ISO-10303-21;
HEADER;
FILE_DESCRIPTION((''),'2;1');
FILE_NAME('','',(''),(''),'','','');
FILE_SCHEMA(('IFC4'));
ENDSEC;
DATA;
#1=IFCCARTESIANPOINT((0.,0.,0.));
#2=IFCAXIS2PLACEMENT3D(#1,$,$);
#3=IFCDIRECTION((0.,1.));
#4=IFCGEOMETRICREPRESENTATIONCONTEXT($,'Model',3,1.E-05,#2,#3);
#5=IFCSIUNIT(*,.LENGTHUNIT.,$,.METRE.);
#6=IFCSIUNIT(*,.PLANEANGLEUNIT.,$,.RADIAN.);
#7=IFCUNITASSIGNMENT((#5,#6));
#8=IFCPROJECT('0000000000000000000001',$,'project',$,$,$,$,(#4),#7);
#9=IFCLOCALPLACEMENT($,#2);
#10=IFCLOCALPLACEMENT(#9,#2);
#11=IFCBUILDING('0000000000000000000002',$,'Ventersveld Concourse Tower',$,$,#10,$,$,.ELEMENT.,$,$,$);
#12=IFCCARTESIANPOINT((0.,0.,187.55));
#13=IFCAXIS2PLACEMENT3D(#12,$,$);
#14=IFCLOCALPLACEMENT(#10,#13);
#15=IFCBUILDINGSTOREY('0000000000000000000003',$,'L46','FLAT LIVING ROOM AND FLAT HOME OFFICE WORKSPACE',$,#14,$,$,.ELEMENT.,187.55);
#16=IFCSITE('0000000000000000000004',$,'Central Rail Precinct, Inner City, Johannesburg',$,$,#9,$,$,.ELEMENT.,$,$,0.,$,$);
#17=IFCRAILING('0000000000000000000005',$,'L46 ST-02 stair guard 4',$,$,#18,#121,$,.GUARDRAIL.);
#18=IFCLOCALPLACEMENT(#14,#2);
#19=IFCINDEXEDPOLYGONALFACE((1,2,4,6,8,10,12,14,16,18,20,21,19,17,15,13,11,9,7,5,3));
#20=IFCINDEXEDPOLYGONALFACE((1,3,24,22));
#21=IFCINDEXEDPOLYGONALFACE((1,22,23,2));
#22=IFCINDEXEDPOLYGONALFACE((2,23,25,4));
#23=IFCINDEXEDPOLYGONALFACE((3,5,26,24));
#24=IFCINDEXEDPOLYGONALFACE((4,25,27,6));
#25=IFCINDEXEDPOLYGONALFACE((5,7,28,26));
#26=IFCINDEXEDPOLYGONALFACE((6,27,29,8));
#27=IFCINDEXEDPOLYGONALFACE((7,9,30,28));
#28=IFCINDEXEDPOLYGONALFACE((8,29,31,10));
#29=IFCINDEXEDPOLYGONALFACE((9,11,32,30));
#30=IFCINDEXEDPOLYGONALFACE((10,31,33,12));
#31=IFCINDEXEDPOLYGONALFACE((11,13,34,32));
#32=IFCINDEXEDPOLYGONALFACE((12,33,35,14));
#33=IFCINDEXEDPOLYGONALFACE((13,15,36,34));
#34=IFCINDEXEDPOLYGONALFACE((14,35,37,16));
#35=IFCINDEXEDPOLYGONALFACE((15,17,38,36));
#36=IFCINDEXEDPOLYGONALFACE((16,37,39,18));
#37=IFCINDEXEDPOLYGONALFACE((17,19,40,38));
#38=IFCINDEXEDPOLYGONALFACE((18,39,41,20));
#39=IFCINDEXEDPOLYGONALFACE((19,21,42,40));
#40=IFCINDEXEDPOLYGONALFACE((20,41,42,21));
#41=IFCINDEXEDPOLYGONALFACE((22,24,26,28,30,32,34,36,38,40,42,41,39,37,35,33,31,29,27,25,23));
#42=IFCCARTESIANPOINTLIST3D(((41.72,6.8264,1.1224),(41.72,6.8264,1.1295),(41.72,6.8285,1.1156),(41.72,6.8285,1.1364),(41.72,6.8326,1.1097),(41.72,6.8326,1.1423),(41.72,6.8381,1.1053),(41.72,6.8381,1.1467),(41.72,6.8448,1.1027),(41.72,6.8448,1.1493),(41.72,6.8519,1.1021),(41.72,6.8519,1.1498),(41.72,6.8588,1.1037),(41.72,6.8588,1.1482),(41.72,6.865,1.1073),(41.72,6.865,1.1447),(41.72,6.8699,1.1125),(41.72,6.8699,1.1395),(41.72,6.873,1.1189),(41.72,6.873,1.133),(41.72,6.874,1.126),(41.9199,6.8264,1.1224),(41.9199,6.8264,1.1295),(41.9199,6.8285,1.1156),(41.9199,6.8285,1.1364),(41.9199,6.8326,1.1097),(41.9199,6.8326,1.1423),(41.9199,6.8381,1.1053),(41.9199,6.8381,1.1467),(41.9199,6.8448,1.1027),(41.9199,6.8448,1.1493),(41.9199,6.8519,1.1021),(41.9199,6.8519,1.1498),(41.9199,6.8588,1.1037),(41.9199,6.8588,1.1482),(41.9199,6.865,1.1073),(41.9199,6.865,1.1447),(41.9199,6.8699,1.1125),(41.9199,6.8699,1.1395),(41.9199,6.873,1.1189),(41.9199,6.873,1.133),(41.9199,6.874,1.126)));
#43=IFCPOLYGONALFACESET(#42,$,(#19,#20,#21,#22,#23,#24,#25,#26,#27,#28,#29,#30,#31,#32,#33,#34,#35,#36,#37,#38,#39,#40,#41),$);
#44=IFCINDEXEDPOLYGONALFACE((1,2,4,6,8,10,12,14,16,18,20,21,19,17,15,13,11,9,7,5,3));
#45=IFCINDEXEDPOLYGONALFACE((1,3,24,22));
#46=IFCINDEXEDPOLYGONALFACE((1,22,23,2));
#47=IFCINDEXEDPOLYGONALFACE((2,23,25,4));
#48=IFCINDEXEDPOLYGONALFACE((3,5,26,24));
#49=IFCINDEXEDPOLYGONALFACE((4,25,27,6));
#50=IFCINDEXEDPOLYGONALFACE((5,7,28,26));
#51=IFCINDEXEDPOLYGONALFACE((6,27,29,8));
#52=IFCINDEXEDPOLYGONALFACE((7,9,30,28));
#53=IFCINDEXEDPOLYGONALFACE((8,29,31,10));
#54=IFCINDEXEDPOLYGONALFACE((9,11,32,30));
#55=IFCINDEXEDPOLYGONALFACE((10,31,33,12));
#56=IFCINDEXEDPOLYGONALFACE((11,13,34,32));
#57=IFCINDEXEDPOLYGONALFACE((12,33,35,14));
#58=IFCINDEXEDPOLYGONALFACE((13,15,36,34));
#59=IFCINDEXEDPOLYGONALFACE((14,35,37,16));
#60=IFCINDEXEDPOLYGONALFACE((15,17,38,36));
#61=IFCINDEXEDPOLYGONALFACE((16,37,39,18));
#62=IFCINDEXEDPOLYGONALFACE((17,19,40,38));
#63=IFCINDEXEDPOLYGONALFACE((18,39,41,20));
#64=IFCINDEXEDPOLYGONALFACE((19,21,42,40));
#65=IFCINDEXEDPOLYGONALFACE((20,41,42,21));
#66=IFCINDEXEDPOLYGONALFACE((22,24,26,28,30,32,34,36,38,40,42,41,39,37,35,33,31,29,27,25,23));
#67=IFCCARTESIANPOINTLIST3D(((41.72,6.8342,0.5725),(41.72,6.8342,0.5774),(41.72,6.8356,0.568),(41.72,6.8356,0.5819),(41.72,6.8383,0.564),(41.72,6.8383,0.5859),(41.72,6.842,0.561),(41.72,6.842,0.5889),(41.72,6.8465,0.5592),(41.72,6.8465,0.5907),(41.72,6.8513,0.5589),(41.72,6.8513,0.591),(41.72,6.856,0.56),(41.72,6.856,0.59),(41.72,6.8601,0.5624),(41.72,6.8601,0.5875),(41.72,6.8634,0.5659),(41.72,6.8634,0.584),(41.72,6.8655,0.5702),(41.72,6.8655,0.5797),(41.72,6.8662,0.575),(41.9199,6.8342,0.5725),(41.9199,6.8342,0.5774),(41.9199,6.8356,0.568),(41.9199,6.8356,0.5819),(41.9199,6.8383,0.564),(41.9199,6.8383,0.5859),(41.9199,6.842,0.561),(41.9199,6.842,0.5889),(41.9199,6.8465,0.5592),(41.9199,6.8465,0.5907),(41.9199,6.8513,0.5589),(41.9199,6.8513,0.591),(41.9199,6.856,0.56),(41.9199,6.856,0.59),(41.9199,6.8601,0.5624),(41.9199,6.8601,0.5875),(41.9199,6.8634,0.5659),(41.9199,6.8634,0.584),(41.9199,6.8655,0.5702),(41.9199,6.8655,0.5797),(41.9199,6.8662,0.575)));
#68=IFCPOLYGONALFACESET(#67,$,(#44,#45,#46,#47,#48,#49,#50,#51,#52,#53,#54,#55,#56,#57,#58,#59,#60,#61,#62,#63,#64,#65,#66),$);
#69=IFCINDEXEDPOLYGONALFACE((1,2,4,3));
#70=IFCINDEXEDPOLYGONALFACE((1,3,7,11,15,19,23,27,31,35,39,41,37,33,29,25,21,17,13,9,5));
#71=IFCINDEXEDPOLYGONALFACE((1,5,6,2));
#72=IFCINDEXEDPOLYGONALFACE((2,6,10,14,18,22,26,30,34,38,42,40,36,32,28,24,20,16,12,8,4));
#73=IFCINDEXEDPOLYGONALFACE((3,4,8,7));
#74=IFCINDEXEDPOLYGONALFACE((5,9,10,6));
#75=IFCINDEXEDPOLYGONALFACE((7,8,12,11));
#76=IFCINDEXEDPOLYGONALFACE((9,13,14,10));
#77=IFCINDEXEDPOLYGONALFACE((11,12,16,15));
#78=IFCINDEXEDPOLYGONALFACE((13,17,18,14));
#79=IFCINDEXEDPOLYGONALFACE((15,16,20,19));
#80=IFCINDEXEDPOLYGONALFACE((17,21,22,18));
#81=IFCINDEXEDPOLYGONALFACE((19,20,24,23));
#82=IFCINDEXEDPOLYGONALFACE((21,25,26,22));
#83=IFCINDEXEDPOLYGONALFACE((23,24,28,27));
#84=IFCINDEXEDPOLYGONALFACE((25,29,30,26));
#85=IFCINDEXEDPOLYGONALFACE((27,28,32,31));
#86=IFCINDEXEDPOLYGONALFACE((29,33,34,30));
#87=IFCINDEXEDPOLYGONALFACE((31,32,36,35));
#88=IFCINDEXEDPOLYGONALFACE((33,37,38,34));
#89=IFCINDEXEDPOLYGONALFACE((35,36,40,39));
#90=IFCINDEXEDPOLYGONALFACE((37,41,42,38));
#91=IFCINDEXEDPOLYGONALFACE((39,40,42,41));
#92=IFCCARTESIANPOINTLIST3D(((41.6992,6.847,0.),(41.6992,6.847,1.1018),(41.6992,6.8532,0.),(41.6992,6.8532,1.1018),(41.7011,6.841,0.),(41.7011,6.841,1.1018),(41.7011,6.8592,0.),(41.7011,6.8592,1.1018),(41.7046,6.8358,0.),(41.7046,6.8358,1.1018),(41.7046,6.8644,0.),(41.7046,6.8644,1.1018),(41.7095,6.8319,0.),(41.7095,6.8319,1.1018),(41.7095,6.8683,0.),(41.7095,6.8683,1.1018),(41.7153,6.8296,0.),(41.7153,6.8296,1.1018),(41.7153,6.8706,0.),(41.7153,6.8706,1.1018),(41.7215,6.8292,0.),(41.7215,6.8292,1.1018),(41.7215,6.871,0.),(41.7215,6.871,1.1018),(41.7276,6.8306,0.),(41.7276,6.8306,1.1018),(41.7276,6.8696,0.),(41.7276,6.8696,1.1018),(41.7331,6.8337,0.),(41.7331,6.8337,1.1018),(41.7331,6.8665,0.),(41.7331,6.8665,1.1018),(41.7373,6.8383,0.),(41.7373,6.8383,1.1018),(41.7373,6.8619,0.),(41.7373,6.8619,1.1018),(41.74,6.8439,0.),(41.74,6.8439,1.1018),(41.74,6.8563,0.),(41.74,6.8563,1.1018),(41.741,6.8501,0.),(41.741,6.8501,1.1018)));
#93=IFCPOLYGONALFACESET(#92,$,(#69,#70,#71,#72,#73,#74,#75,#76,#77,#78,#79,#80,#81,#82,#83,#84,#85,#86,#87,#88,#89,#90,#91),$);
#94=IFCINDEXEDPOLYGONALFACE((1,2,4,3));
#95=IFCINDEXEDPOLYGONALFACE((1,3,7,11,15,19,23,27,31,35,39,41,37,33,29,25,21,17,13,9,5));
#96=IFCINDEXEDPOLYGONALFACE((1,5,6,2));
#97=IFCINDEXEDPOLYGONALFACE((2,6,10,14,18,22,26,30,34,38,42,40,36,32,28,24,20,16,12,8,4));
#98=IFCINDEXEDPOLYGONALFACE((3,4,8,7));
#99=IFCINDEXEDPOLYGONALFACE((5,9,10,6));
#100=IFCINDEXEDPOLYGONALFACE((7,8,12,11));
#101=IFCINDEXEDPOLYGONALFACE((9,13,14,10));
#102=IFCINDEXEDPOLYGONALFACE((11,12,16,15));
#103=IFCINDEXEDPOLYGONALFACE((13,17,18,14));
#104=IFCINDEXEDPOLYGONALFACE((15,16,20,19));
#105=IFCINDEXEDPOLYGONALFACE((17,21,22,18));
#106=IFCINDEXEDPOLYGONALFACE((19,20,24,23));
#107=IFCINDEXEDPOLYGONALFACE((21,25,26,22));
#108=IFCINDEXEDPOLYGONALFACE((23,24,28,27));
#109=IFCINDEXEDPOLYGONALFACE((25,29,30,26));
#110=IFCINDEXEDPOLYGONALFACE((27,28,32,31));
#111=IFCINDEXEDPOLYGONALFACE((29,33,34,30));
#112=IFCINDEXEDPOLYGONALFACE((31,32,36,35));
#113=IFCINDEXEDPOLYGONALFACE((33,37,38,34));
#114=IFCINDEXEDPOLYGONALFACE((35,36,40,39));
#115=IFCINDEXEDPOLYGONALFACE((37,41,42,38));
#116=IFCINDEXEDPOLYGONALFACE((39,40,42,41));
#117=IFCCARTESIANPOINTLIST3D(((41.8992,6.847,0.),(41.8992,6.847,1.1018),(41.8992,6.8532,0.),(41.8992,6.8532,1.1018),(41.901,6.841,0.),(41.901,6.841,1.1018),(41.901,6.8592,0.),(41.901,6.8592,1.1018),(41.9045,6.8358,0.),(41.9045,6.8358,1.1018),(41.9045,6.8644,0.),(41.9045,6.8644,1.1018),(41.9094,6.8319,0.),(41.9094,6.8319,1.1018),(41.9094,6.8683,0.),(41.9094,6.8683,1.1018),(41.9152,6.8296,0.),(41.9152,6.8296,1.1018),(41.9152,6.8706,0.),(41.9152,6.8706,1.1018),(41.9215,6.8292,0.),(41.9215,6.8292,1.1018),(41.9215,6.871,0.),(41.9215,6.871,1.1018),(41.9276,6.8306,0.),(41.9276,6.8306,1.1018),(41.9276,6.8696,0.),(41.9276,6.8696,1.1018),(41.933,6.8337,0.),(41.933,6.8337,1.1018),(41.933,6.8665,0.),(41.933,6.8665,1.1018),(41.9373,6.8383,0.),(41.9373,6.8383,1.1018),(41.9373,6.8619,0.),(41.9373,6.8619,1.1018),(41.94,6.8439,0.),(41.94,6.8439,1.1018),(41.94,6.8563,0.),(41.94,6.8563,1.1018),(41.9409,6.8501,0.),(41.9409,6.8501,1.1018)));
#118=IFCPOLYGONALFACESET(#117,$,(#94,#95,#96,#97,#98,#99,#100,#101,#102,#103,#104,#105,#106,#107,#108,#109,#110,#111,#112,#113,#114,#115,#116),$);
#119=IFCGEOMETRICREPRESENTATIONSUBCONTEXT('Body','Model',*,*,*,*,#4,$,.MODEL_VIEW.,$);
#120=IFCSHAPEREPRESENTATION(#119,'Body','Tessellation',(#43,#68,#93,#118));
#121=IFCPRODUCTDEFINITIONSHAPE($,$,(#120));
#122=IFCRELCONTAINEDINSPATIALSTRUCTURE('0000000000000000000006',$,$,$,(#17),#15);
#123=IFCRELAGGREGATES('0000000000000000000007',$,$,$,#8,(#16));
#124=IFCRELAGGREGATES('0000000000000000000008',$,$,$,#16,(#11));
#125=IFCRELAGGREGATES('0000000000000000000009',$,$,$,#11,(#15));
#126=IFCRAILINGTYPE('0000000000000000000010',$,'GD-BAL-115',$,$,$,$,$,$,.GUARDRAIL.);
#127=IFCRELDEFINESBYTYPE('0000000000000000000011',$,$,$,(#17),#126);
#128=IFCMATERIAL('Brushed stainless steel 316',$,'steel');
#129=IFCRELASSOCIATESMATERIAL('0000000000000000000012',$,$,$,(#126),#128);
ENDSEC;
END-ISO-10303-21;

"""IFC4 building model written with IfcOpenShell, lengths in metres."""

from ifc_helpers import new_model, si_unit, direction, frame, origin, origin_2d, place, context, subcontext, project, spatial, circle, extrude, material, type_object, element, save


model = new_model("IFC4")

# Units and contexts
model_context = context("Model", 3, precision=1e-05, world=origin(), true_north=direction((0.0, 1.0)))
body_context = subcontext(model_context, "Body", "Model", "MODEL_VIEW")
ifc_project = project(units=[si_unit("LENGTHUNIT", "METRE"), si_unit("PLANEANGLEUNIT", "RADIAN")], contexts=[model_context])

# Site, building, storey
site_placement = place(None, origin())
site = spatial("IfcSite", under=ifc_project, at=site_placement, Name="Central Rail Precinct, Inner City, Johannesburg", CompositionType="ELEMENT", RefElevation=0.0)
building_placement = place(site_placement, origin())
building = spatial("IfcBuilding", under=site, at=building_placement, Name="Ventersveld Concourse Tower", CompositionType="ELEMENT")
storey_placement = place(building_placement, frame((0.0, 0.0, 187.55)))
storey = spatial("IfcBuildingStorey", under=building, at=storey_placement, Name="L46", Description="FLAT LIVING ROOM AND FLAT HOME OFFICE WORKSPACE", CompositionType="ELEMENT", Elevation=187.55)

# Shared definitions
ifc_material_1 = material(Name="Brushed stainless steel 316", Category="steel")

# Railing
railing_type_1 = type_object("IfcRailingType", Name="GD-BAL-115", PredefinedType="GUARDRAIL", material=ifc_material_1)
railing_1_placement = place(storey_placement, frame((41.72, 6.8501, 0.0)))
element("IfcRailing", 1, at=railing_1_placement, inside=storey, type_object=railing_type_1, Name="L46 ST-02 stair guard 4", PredefinedType="GUARDRAIL", context=body_context, shape_type="SweptSolid", body=[
    extrude(circle(Radius=0.0239, at=origin_2d()), frame((0.0, 0.0, 1.126), z_axis=(1.0, 0.0, 0.0), x_axis=(0.0, 1.0, 0.0)), (0.0, 0.0, 1.0), 0.2),
    extrude(circle(Radius=0.0161, at=origin_2d()), frame((0.0, 0.0, 0.575), z_axis=(1.0, 0.0, 0.0), x_axis=(0.0, 1.0, 0.0)), (0.0, 0.0, 1.0), 0.2),
    extrude(circle(Radius=0.021, at=origin_2d()), origin(), (0.0, 0.0, 1.0), 1.1018),
    extrude(circle(Radius=0.021, at=origin_2d()), frame((0.2, 0.0, 0.0)), (0.0, 0.0, 1.0), 1.1018),
])

save(model, "model.ifc")
